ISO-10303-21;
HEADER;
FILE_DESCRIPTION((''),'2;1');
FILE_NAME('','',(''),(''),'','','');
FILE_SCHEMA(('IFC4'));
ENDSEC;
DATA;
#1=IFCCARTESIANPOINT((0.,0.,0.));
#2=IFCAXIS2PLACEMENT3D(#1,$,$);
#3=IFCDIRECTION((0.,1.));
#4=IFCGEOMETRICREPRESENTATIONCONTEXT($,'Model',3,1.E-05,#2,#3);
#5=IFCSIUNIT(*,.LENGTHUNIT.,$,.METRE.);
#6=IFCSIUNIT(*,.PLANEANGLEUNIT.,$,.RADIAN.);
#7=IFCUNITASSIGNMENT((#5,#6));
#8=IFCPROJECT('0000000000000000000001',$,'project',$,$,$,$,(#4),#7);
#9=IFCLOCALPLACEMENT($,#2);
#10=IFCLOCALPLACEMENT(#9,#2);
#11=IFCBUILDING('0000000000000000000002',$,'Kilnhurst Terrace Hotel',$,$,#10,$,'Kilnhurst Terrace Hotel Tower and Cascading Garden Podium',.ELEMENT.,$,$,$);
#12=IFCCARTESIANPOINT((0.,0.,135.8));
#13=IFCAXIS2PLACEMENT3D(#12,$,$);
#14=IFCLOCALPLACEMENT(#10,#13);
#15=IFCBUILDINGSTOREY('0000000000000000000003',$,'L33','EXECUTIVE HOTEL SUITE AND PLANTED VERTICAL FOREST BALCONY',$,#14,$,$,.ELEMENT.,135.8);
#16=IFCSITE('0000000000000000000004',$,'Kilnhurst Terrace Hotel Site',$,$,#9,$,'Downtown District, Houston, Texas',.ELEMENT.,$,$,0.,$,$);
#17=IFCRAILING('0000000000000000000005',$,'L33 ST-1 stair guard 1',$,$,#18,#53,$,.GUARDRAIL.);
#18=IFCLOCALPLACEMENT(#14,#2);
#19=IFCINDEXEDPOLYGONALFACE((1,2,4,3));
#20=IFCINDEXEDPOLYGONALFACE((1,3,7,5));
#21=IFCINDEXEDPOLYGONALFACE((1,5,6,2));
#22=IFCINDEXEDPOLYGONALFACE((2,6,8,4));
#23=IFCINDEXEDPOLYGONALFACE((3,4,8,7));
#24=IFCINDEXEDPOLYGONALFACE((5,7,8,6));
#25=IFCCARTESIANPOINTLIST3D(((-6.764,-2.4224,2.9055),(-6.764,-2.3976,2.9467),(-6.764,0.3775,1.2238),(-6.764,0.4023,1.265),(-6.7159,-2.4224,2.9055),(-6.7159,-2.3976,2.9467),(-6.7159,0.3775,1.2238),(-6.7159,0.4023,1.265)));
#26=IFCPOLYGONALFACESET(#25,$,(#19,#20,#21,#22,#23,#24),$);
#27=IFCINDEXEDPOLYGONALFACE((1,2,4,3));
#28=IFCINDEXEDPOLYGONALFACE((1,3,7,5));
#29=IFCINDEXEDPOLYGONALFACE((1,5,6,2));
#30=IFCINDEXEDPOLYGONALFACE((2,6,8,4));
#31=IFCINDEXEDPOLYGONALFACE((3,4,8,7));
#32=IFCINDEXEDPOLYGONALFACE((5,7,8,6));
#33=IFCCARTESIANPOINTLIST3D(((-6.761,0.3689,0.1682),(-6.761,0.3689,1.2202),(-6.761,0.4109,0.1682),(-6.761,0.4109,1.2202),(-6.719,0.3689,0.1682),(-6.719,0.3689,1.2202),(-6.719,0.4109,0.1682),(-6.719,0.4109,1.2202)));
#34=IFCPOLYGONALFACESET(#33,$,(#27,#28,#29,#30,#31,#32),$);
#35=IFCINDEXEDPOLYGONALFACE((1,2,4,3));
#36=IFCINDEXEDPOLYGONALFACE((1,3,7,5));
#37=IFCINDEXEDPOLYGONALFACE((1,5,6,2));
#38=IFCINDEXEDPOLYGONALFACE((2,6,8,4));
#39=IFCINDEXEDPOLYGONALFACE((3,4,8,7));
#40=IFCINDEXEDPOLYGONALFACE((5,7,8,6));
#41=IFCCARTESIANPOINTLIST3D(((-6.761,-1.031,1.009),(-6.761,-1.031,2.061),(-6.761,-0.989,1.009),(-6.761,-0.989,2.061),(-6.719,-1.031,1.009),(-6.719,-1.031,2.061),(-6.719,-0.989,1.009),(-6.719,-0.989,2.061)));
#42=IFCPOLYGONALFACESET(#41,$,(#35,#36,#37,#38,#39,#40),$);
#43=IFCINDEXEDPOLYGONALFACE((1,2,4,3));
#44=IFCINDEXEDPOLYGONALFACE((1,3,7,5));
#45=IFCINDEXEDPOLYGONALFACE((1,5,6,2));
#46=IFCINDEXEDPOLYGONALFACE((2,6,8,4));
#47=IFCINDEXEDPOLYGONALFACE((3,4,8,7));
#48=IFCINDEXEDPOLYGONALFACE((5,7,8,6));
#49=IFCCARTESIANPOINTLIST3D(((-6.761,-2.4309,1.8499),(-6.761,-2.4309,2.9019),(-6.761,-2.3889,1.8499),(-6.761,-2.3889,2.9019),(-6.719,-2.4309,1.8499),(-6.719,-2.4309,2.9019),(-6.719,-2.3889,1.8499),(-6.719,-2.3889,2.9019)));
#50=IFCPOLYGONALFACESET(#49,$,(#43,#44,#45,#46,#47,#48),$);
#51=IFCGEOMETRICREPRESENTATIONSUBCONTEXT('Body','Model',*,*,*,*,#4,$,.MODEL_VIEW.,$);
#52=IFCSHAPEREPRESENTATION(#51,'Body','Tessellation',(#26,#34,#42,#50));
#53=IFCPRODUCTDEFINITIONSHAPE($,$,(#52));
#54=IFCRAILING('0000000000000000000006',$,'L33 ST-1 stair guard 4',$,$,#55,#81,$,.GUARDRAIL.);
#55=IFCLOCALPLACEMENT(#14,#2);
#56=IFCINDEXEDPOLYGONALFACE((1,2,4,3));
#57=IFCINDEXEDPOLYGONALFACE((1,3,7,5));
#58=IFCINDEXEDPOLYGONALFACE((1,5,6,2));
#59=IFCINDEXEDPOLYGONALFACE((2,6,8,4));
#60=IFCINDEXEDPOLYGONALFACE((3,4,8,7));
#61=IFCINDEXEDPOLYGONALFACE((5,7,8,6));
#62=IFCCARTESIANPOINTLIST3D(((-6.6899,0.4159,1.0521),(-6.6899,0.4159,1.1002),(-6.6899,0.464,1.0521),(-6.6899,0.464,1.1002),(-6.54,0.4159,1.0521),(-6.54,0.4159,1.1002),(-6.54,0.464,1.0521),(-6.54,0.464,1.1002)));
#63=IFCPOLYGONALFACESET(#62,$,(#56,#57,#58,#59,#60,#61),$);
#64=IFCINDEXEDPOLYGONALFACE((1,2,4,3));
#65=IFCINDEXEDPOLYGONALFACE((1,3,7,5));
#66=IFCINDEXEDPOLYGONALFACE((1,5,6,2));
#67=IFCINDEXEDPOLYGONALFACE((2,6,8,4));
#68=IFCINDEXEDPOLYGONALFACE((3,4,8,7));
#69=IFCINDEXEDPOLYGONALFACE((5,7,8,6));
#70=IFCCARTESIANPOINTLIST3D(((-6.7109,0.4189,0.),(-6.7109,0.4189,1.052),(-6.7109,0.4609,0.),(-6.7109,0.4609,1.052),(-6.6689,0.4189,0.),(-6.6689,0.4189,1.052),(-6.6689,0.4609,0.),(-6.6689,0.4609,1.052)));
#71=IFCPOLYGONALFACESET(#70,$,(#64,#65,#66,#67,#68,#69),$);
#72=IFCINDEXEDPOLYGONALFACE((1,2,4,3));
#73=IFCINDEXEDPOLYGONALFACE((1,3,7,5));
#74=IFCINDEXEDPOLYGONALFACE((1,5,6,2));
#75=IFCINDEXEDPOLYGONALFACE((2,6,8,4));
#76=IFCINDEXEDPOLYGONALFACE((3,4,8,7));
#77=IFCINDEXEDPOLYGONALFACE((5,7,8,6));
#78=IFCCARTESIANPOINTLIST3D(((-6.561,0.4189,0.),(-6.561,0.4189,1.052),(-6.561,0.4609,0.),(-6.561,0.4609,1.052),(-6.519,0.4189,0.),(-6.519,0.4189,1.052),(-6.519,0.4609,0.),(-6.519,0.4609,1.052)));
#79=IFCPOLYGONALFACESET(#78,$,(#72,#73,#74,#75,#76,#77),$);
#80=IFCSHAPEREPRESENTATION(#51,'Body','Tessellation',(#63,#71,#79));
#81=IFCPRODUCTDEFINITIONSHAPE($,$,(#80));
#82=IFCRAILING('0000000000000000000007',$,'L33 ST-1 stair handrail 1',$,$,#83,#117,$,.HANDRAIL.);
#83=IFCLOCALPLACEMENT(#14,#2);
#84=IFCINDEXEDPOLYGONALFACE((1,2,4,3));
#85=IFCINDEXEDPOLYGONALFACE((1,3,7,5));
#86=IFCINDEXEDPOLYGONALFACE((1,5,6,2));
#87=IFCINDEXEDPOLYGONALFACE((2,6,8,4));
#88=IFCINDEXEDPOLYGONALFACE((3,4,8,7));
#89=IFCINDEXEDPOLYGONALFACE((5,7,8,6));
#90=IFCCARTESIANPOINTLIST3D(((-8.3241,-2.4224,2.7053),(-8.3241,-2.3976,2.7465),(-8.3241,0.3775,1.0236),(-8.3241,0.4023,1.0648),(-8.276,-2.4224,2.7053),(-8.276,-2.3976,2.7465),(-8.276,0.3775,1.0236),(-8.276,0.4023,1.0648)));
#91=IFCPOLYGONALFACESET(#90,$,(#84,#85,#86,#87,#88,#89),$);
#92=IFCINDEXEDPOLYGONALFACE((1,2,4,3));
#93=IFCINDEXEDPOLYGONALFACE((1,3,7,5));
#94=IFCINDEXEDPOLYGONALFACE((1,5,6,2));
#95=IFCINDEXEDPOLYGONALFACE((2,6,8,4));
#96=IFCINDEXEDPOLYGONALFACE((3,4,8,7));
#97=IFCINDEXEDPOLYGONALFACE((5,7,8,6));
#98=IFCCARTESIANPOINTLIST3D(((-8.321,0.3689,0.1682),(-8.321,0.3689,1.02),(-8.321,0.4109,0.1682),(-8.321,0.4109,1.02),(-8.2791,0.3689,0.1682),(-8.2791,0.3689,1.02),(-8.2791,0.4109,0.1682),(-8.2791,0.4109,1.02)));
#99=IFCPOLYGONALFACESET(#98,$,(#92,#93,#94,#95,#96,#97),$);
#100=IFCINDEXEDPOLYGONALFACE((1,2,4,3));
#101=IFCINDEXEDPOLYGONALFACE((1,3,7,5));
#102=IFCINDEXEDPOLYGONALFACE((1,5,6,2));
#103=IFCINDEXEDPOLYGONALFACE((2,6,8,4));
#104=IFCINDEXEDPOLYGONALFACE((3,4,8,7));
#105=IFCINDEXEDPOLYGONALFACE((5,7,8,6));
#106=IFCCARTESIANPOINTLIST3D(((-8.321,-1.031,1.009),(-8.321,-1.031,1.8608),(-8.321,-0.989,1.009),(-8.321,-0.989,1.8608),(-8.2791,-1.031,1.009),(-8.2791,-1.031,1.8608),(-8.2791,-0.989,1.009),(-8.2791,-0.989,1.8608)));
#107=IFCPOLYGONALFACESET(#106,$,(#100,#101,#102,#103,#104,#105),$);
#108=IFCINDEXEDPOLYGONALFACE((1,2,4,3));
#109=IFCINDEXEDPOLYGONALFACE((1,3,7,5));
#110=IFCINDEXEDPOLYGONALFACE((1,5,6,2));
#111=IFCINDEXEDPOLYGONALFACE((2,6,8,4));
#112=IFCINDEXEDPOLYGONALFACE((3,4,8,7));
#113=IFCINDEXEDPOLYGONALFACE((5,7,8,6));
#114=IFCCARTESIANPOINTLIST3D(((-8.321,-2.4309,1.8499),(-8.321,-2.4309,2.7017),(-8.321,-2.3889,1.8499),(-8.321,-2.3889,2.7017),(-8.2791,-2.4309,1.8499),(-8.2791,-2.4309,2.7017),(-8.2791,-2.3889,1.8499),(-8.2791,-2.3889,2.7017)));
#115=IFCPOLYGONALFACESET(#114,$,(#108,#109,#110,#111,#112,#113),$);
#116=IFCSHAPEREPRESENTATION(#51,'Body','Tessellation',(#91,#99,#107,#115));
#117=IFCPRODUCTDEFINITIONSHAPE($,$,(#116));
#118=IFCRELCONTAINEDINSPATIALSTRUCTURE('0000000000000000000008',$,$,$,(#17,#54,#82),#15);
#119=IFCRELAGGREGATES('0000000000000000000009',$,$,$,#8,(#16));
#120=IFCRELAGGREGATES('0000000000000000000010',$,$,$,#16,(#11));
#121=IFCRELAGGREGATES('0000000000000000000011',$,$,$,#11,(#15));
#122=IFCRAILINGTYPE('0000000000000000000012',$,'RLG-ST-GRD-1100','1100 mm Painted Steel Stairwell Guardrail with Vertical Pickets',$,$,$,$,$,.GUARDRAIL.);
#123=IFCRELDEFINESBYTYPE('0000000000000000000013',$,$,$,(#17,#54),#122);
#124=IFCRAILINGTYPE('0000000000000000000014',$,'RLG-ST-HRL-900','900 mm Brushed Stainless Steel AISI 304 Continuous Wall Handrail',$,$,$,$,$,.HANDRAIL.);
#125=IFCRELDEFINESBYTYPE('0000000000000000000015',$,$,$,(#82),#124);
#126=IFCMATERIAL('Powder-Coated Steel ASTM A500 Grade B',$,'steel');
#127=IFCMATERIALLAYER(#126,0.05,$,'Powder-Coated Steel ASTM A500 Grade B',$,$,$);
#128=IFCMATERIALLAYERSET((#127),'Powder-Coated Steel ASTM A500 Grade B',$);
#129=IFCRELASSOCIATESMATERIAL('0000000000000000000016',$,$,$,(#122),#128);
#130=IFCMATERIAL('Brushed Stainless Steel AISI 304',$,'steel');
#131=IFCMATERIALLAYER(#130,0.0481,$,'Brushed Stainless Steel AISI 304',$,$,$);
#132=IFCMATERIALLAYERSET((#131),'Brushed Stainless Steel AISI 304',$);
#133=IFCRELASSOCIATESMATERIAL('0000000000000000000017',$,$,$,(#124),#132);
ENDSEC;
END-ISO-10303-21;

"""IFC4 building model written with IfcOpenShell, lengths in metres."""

from ifc_helpers import new_model, si_unit, direction, frame, origin, origin_2d, place, context, subcontext, project, spatial, rectangle, extrude, material, layer, layer_set, type_object, element, save


model = new_model("IFC4")

# Units and contexts
model_context = context("Model", 3, precision=1e-05, world=origin(), true_north=direction((0.0, 1.0)))
body_context = subcontext(model_context, "Body", "Model", "MODEL_VIEW")
ifc_project = project(units=[si_unit("LENGTHUNIT", "METRE"), si_unit("PLANEANGLEUNIT", "RADIAN")], contexts=[model_context])

# Site, building, storey
site_placement = place(None, origin())
site = spatial("IfcSite", under=ifc_project, at=site_placement, Name="Kilnhurst Terrace Hotel Site", LongName="Downtown District, Houston, Texas", CompositionType="ELEMENT", RefElevation=0.0)
building_placement = place(site_placement, origin())
building = spatial("IfcBuilding", under=site, at=building_placement, Name="Kilnhurst Terrace Hotel", LongName="Kilnhurst Terrace Hotel Tower and Cascading Garden Podium", CompositionType="ELEMENT")
storey_placement = place(building_placement, frame((0.0, 0.0, 135.8)))
storey = spatial("IfcBuildingStorey", under=building, at=storey_placement, Name="L33", Description="EXECUTIVE HOTEL SUITE AND PLANTED VERTICAL FOREST BALCONY", CompositionType="ELEMENT", Elevation=135.8)

# Railings
ifc_material_1 = material(Name="Powder-Coated Steel ASTM A500 Grade B", Category="steel")
ifc_layer_1 = layer(ifc_material_1, 0.05, Name="Powder-Coated Steel ASTM A500 Grade B")
ifc_layer_set_1 = layer_set([ifc_layer_1], Name="Powder-Coated Steel ASTM A500 Grade B")
railing_type_1 = type_object("IfcRailingType", Name="RLG-ST-GRD-1100", Description="1100 mm Painted Steel Stairwell Guardrail with Vertical Pickets", PredefinedType="GUARDRAIL", material=ifc_layer_set_1)
railing_1_placement = place(storey_placement, frame((-6.74, 0.3899, 0.1682)))
element("IfcRailing", 1, at=railing_1_placement, inside=storey, type_object=railing_type_1, Name="L33 ST-1 stair guard 1", PredefinedType="GUARDRAIL", context=body_context, shape_type="SweptSolid", body=[
    extrude(rectangle(XDim=0.0481, YDim=0.0481, at=origin_2d()), frame((0.0, 0.0, 1.0762), z_axis=(0.0, -0.857255, 0.514891), x_axis=(1.0, 0.0, 0.0)), (0.0, 0.0, 1.0), 3.2661),
    extrude(rectangle(XDim=0.042, YDim=0.042, at=origin_2d()), origin(), (0.0, 0.0, 1.0), 1.052),
    extrude(rectangle(XDim=0.042, YDim=0.042, at=origin_2d()), frame((0.0, -1.3999, 0.8408)), (0.0, 0.0, 1.0), 1.052),
    extrude(rectangle(XDim=0.042, YDim=0.042, at=origin_2d()), frame((0.0, -2.7998, 1.6816)), (0.0, 0.0, 1.0), 1.052),
])
railing_2_placement = place(storey_placement, frame((-6.6899, 0.4399, 0.0)))
element("IfcRailing", 2, at=railing_2_placement, inside=storey, type_object=railing_type_1, Name="L33 ST-1 stair guard 4", PredefinedType="GUARDRAIL", context=body_context, shape_type="SweptSolid", body=[
    extrude(rectangle(XDim=0.0481, YDim=0.0481, at=origin_2d()), frame((0.0, 0.0, 1.0762), z_axis=(1.0, 0.0, 0.0), x_axis=(0.0, 1.0, 0.0)), (0.0, 0.0, 1.0), 0.1499),
    extrude(rectangle(XDim=0.042, YDim=0.042, at=origin_2d()), origin(), (0.0, 0.0, 1.0), 1.052),
    extrude(rectangle(XDim=0.042, YDim=0.042, at=origin_2d()), frame((0.1499, 0.0, 0.0)), (0.0, 0.0, 1.0), 1.052),
])
ifc_material_2 = material(Name="Brushed Stainless Steel AISI 304", Category="steel")
ifc_layer_2 = layer(ifc_material_2, 0.0481, Name="Brushed Stainless Steel AISI 304")
ifc_layer_set_2 = layer_set([ifc_layer_2], Name="Brushed Stainless Steel AISI 304")
railing_type_2 = type_object("IfcRailingType", Name="RLG-ST-HRL-900", Description="900 mm Brushed Stainless Steel AISI 304 Continuous Wall Handrail", PredefinedType="HANDRAIL", material=ifc_layer_set_2)
railing_3_placement = place(storey_placement, frame((-8.3, 0.3899, 0.1682)))
element("IfcRailing", 3, at=railing_3_placement, inside=storey, type_object=railing_type_2, Name="L33 ST-1 stair handrail 1", PredefinedType="HANDRAIL", context=body_context, shape_type="SweptSolid", body=[
    extrude(rectangle(XDim=0.0481, YDim=0.0481, at=origin_2d()), frame((0.0, 0.0, 0.876), z_axis=(0.0, -0.857255, 0.514891), x_axis=(1.0, 0.0, 0.0)), (0.0, 0.0, 1.0), 3.2661),
    extrude(rectangle(XDim=0.042, YDim=0.042, at=origin_2d()), origin(), (0.0, 0.0, 1.0), 0.8518),
    extrude(rectangle(XDim=0.042, YDim=0.042, at=origin_2d()), frame((0.0, -1.3999, 0.8408)), (0.0, 0.0, 1.0), 0.8518),
    extrude(rectangle(XDim=0.042, YDim=0.042, at=origin_2d()), frame((0.0, -2.7998, 1.6816)), (0.0, 0.0, 1.0), 0.8518),
])

save(model, "model.ifc")
